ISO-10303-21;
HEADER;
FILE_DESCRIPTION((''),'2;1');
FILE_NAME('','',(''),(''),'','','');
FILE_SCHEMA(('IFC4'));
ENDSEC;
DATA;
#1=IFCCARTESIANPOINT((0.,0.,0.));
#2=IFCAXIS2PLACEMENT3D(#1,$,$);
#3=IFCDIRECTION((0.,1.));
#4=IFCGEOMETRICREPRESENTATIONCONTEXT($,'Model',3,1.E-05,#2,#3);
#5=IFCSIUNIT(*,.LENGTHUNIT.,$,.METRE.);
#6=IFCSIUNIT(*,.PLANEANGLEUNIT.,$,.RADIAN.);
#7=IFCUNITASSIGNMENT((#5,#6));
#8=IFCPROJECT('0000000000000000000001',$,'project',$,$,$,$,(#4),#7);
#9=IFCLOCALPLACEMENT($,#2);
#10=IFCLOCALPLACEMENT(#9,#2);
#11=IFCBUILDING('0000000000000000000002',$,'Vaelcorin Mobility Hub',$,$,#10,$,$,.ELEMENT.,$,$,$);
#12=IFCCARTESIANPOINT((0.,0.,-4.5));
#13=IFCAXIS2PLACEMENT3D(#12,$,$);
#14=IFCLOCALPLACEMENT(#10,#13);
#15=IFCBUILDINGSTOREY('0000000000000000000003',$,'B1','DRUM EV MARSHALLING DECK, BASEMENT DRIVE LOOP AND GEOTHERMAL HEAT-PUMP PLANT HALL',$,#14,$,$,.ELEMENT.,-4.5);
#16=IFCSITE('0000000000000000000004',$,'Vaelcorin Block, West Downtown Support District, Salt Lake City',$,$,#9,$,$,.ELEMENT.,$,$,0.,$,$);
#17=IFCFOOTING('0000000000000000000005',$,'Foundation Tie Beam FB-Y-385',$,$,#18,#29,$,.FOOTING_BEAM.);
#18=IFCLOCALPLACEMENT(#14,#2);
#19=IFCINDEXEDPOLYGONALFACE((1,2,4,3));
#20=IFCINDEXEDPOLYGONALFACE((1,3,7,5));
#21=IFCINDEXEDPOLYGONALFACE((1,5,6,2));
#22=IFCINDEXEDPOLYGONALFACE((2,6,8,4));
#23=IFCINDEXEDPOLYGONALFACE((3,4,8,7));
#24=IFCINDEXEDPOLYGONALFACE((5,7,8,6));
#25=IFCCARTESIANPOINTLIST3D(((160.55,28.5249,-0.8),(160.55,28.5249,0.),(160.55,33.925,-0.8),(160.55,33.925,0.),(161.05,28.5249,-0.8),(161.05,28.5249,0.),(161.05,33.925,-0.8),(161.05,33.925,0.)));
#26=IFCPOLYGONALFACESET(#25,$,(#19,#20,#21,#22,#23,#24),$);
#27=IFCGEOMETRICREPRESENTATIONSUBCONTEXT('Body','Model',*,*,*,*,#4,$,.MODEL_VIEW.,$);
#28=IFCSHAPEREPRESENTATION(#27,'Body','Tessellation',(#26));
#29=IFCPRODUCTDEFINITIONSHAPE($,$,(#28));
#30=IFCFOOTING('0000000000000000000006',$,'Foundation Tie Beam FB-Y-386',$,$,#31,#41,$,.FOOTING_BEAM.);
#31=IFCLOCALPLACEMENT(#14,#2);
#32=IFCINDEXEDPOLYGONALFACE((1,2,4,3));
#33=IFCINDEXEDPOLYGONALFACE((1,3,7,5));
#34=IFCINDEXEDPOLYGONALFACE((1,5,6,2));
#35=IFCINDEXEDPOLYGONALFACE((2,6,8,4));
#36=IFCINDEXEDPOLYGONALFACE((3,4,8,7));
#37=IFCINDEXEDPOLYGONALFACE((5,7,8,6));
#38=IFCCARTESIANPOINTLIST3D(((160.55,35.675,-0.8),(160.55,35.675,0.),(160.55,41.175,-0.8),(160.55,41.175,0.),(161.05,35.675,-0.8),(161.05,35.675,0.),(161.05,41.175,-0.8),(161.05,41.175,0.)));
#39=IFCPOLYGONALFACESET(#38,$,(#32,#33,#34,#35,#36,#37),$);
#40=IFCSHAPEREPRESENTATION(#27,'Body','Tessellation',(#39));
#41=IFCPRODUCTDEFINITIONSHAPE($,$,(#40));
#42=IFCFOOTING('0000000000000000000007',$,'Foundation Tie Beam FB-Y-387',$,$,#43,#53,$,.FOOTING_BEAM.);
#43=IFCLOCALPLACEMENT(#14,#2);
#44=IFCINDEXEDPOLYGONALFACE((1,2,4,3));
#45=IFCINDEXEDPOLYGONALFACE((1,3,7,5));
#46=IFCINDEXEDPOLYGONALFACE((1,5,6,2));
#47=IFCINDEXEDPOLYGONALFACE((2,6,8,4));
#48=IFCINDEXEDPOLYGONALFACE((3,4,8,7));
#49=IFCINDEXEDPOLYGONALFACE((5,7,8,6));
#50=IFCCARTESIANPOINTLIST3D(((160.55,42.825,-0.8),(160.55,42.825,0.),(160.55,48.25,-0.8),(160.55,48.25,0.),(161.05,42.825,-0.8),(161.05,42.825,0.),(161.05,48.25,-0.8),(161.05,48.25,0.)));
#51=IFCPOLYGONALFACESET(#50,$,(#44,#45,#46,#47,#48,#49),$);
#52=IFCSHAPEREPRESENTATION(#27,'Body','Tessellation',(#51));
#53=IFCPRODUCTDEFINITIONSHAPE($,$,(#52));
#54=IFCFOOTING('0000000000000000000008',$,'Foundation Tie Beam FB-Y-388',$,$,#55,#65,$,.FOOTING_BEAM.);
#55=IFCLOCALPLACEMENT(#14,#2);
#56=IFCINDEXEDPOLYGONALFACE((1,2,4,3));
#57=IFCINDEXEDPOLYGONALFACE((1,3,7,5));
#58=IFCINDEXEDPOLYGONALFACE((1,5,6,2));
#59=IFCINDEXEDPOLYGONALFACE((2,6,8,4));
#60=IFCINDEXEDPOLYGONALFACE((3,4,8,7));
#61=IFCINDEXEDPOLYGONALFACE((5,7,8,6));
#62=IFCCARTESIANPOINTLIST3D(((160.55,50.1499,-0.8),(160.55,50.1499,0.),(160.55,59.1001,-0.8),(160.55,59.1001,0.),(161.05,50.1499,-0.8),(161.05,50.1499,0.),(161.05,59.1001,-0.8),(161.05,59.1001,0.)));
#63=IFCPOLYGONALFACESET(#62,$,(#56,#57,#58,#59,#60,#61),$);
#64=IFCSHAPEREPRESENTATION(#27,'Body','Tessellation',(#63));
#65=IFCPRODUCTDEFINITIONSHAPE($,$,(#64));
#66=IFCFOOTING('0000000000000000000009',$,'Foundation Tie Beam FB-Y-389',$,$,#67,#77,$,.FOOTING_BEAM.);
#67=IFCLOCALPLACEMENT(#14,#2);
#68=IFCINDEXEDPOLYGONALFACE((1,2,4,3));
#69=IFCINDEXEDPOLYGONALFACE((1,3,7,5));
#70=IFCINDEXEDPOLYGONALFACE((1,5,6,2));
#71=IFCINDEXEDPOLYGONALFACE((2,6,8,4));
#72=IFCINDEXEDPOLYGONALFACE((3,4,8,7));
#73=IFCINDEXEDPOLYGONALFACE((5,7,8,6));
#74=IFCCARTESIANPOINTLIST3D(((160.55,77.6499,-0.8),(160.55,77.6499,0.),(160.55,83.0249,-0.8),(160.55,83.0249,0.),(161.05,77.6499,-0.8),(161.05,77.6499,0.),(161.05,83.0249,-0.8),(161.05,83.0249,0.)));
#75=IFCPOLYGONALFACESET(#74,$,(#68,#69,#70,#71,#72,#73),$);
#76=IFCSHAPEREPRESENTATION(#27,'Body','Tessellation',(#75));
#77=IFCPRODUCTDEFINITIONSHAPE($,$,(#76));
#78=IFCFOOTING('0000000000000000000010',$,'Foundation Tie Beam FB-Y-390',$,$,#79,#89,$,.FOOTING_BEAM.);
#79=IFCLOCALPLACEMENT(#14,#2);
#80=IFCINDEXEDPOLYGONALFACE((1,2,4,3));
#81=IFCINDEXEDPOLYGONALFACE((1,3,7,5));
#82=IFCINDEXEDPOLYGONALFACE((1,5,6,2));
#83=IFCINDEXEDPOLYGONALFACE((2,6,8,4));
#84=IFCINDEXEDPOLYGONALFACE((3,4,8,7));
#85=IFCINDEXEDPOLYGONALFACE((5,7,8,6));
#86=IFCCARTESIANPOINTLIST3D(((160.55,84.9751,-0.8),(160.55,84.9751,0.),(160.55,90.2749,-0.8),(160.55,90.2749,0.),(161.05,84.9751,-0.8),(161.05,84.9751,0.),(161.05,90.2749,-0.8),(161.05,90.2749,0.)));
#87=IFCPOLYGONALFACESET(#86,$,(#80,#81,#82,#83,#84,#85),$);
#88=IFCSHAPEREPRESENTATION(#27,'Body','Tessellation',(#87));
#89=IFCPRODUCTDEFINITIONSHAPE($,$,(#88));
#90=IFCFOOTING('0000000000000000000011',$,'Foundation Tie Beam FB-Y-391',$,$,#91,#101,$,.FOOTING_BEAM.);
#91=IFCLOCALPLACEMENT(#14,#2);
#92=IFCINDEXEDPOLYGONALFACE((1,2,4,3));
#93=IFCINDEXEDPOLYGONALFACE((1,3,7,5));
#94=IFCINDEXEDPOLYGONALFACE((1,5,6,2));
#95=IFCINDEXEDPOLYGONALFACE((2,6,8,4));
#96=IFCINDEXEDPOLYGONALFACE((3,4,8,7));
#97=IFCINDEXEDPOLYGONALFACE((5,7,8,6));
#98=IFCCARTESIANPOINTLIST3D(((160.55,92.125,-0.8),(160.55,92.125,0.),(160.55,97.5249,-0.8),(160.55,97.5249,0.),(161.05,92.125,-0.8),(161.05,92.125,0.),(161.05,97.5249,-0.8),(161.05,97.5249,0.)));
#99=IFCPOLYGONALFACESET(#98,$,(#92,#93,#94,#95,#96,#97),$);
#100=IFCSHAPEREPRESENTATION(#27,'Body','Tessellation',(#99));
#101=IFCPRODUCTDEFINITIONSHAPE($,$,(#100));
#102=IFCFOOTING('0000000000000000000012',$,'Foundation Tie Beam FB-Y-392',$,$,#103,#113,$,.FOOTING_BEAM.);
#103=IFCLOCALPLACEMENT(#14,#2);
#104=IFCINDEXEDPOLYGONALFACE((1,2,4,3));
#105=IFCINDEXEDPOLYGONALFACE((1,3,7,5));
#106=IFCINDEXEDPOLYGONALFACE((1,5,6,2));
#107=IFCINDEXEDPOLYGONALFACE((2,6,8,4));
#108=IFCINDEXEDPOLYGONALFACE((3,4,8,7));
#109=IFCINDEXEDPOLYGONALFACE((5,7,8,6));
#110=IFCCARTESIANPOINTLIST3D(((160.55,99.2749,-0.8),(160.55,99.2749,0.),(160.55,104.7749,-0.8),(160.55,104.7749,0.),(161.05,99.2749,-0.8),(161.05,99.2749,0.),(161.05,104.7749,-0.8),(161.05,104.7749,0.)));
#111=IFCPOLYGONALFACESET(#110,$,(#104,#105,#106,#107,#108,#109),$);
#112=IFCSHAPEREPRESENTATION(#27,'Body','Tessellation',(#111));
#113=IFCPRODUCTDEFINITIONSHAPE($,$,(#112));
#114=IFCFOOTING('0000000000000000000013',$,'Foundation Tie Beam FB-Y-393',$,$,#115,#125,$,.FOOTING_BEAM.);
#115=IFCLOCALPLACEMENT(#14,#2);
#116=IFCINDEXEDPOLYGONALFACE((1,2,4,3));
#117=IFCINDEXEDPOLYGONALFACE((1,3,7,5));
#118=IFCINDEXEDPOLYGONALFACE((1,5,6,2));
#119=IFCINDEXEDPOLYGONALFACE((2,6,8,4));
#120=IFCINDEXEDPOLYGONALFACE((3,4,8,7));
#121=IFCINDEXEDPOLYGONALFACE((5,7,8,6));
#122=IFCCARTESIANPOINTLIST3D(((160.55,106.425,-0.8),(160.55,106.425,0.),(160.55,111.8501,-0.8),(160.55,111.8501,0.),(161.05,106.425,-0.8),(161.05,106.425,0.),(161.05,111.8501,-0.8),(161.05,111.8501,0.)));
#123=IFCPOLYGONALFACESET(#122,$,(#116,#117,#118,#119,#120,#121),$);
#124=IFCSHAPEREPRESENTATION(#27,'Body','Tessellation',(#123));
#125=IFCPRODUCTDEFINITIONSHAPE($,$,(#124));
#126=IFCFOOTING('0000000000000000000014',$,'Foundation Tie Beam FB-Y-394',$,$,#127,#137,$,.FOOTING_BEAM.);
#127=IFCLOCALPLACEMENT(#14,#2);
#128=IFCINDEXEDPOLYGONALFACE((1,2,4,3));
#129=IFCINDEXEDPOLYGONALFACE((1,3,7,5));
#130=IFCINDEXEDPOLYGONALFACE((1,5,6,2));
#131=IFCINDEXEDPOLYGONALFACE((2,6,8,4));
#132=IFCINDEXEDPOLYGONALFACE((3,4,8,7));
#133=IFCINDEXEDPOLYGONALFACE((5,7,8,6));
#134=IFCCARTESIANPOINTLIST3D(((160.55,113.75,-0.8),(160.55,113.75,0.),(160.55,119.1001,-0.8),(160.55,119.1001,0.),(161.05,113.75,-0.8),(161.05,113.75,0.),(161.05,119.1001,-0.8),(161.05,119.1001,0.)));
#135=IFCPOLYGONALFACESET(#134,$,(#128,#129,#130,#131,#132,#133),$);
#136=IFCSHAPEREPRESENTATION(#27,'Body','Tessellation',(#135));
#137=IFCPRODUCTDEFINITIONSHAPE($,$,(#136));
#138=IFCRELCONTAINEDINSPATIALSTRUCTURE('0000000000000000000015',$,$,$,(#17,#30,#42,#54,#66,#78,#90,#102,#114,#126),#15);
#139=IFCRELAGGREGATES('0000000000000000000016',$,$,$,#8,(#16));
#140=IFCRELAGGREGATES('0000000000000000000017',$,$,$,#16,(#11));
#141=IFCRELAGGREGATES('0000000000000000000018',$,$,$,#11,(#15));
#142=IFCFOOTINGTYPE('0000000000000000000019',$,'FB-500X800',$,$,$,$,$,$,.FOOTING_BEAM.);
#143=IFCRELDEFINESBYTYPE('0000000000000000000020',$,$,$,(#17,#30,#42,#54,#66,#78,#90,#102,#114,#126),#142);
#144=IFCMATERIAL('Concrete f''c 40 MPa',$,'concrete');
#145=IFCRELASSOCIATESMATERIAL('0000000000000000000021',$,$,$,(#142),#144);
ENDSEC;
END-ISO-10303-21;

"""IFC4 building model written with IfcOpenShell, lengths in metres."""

from ifc_helpers import new_model, si_unit, direction, frame, origin, place, context, subcontext, project, spatial, polyline, outline, extrude, material, type_object, element, save


model = new_model("IFC4")

# Units and contexts
model_context = context("Model", 3, precision=1e-05, world=origin(), true_north=direction((0.0, 1.0)))
body_context = subcontext(model_context, "Body", "Model", "MODEL_VIEW")
ifc_project = project(units=[si_unit("LENGTHUNIT", "METRE"), si_unit("PLANEANGLEUNIT", "RADIAN")], contexts=[model_context])

# Site, building, storey
site_placement = place(None, origin())
site = spatial("IfcSite", under=ifc_project, at=site_placement, Name="Vaelcorin Block, West Downtown Support District, Salt Lake City", CompositionType="ELEMENT", RefElevation=0.0)
building_placement = place(site_placement, origin())
building = spatial("IfcBuilding", under=site, at=building_placement, Name="Vaelcorin Mobility Hub", CompositionType="ELEMENT")
storey_placement = place(building_placement, frame((0.0, 0.0, -4.5)))
storey = spatial("IfcBuildingStorey", under=building, at=storey_placement, Name="B1", Description="DRUM EV MARSHALLING DECK, BASEMENT DRIVE LOOP AND GEOTHERMAL HEAT-PUMP PLANT HALL", CompositionType="ELEMENT", Elevation=-4.5)

# Footings
ifc_material = material(Name="Concrete f'c 40 MPa", Category="concrete")
footing_type = type_object("IfcFootingType", Name="FB-500X800", PredefinedType="FOOTING_BEAM", material=ifc_material)
footing_1_placement = place(storey_placement, frame((0.0, 0.0, -0.8)))
element("IfcFooting", 1, at=footing_1_placement, inside=storey, type_object=footing_type, Name="Foundation Tie Beam FB-Y-385", PredefinedType="FOOTING_BEAM", context=body_context, shape_type="SweptSolid", body=[
    extrude(outline(polyline([(160.55, 28.5249), (161.05, 28.5249), (161.05, 33.925), (160.55, 33.925), (160.55, 28.5249)])), origin(), (0.0, 0.0, 1.0), 0.8),
])
footing_2_placement = place(storey_placement, frame((0.0, 0.0, -0.8)))
element("IfcFooting", 2, at=footing_2_placement, inside=storey, type_object=footing_type, Name="Foundation Tie Beam FB-Y-386", PredefinedType="FOOTING_BEAM", context=body_context, shape_type="SweptSolid", body=[
    extrude(outline(polyline([(160.55, 35.675), (161.05, 35.675), (161.05, 41.175), (160.55, 41.175), (160.55, 35.675)])), origin(), (0.0, 0.0, 1.0), 0.8),
])
footing_3_placement = place(storey_placement, frame((0.0, 0.0, -0.8)))
element("IfcFooting", 3, at=footing_3_placement, inside=storey, type_object=footing_type, Name="Foundation Tie Beam FB-Y-387", PredefinedType="FOOTING_BEAM", context=body_context, shape_type="SweptSolid", body=[
    extrude(outline(polyline([(160.55, 42.825), (161.05, 42.825), (161.05, 48.25), (160.55, 48.25), (160.55, 42.825)])), origin(), (0.0, 0.0, 1.0), 0.8),
])
footing_4_placement = place(storey_placement, frame((0.0, 0.0, -0.8)))
element("IfcFooting", 4, at=footing_4_placement, inside=storey, type_object=footing_type, Name="Foundation Tie Beam FB-Y-388", PredefinedType="FOOTING_BEAM", context=body_context, shape_type="SweptSolid", body=[
    extrude(outline(polyline([(160.55, 50.1499), (161.05, 50.1499), (161.05, 59.1001), (160.55, 59.1001), (160.55, 50.1499)])), origin(), (0.0, 0.0, 1.0), 0.8),
])
footing_5_placement = place(storey_placement, frame((0.0, 0.0, -0.8)))
element("IfcFooting", 5, at=footing_5_placement, inside=storey, type_object=footing_type, Name="Foundation Tie Beam FB-Y-389", PredefinedType="FOOTING_BEAM", context=body_context, shape_type="SweptSolid", body=[
    extrude(outline(polyline([(160.55, 77.6499), (161.05, 77.6499), (161.05, 83.0249), (160.55, 83.0249), (160.55, 77.6499)])), origin(), (0.0, 0.0, 1.0), 0.8),
])
footing_6_placement = place(storey_placement, frame((0.0, 0.0, -0.8)))
element("IfcFooting", 6, at=footing_6_placement, inside=storey, type_object=footing_type, Name="Foundation Tie Beam FB-Y-390", PredefinedType="FOOTING_BEAM", context=body_context, shape_type="SweptSolid", body=[
    extrude(outline(polyline([(160.55, 84.9751), (161.05, 84.9751), (161.05, 90.2749), (160.55, 90.2749), (160.55, 84.9751)])), origin(), (0.0, 0.0, 1.0), 0.8),
])
footing_7_placement = place(storey_placement, frame((0.0, 0.0, -0.8)))
element("IfcFooting", 7, at=footing_7_placement, inside=storey, type_object=footing_type, Name="Foundation Tie Beam FB-Y-391", PredefinedType="FOOTING_BEAM", context=body_context, shape_type="SweptSolid", body=[
    extrude(outline(polyline([(160.55, 92.125), (161.05, 92.125), (161.05, 97.5249), (160.55, 97.5249), (160.55, 92.125)])), origin(), (0.0, 0.0, 1.0), 0.8),
])
footing_8_placement = place(storey_placement, frame((0.0, 0.0, -0.8)))
element("IfcFooting", 8, at=footing_8_placement, inside=storey, type_object=footing_type, Name="Foundation Tie Beam FB-Y-392", PredefinedType="FOOTING_BEAM", context=body_context, shape_type="SweptSolid", body=[
    extrude(outline(polyline([(160.55, 99.2749), (161.05, 99.2749), (161.05, 104.7749), (160.55, 104.7749), (160.55, 99.2749)])), origin(), (0.0, 0.0, 1.0), 0.8),
])
footing_9_placement = place(storey_placement, frame((0.0, 0.0, -0.8)))
element("IfcFooting", 9, at=footing_9_placement, inside=storey, type_object=footing_type, Name="Foundation Tie Beam FB-Y-393", PredefinedType="FOOTING_BEAM", context=body_context, shape_type="SweptSolid", body=[
    extrude(outline(polyline([(160.55, 106.425), (161.05, 106.425), (161.05, 111.8501), (160.55, 111.8501), (160.55, 106.425)])), origin(), (0.0, 0.0, 1.0), 0.8),
])
footing_10_placement = place(storey_placement, frame((0.0, 0.0, -0.8)))
element("IfcFooting", 10, at=footing_10_placement, inside=storey, type_object=footing_type, Name="Foundation Tie Beam FB-Y-394", PredefinedType="FOOTING_BEAM", context=body_context, shape_type="SweptSolid", body=[
    extrude(outline(polyline([(160.55, 113.75), (161.05, 113.75), (161.05, 119.1001), (160.55, 119.1001), (160.55, 113.75)])), origin(), (0.0, 0.0, 1.0), 0.8),
])

save(model, "model.ifc")
